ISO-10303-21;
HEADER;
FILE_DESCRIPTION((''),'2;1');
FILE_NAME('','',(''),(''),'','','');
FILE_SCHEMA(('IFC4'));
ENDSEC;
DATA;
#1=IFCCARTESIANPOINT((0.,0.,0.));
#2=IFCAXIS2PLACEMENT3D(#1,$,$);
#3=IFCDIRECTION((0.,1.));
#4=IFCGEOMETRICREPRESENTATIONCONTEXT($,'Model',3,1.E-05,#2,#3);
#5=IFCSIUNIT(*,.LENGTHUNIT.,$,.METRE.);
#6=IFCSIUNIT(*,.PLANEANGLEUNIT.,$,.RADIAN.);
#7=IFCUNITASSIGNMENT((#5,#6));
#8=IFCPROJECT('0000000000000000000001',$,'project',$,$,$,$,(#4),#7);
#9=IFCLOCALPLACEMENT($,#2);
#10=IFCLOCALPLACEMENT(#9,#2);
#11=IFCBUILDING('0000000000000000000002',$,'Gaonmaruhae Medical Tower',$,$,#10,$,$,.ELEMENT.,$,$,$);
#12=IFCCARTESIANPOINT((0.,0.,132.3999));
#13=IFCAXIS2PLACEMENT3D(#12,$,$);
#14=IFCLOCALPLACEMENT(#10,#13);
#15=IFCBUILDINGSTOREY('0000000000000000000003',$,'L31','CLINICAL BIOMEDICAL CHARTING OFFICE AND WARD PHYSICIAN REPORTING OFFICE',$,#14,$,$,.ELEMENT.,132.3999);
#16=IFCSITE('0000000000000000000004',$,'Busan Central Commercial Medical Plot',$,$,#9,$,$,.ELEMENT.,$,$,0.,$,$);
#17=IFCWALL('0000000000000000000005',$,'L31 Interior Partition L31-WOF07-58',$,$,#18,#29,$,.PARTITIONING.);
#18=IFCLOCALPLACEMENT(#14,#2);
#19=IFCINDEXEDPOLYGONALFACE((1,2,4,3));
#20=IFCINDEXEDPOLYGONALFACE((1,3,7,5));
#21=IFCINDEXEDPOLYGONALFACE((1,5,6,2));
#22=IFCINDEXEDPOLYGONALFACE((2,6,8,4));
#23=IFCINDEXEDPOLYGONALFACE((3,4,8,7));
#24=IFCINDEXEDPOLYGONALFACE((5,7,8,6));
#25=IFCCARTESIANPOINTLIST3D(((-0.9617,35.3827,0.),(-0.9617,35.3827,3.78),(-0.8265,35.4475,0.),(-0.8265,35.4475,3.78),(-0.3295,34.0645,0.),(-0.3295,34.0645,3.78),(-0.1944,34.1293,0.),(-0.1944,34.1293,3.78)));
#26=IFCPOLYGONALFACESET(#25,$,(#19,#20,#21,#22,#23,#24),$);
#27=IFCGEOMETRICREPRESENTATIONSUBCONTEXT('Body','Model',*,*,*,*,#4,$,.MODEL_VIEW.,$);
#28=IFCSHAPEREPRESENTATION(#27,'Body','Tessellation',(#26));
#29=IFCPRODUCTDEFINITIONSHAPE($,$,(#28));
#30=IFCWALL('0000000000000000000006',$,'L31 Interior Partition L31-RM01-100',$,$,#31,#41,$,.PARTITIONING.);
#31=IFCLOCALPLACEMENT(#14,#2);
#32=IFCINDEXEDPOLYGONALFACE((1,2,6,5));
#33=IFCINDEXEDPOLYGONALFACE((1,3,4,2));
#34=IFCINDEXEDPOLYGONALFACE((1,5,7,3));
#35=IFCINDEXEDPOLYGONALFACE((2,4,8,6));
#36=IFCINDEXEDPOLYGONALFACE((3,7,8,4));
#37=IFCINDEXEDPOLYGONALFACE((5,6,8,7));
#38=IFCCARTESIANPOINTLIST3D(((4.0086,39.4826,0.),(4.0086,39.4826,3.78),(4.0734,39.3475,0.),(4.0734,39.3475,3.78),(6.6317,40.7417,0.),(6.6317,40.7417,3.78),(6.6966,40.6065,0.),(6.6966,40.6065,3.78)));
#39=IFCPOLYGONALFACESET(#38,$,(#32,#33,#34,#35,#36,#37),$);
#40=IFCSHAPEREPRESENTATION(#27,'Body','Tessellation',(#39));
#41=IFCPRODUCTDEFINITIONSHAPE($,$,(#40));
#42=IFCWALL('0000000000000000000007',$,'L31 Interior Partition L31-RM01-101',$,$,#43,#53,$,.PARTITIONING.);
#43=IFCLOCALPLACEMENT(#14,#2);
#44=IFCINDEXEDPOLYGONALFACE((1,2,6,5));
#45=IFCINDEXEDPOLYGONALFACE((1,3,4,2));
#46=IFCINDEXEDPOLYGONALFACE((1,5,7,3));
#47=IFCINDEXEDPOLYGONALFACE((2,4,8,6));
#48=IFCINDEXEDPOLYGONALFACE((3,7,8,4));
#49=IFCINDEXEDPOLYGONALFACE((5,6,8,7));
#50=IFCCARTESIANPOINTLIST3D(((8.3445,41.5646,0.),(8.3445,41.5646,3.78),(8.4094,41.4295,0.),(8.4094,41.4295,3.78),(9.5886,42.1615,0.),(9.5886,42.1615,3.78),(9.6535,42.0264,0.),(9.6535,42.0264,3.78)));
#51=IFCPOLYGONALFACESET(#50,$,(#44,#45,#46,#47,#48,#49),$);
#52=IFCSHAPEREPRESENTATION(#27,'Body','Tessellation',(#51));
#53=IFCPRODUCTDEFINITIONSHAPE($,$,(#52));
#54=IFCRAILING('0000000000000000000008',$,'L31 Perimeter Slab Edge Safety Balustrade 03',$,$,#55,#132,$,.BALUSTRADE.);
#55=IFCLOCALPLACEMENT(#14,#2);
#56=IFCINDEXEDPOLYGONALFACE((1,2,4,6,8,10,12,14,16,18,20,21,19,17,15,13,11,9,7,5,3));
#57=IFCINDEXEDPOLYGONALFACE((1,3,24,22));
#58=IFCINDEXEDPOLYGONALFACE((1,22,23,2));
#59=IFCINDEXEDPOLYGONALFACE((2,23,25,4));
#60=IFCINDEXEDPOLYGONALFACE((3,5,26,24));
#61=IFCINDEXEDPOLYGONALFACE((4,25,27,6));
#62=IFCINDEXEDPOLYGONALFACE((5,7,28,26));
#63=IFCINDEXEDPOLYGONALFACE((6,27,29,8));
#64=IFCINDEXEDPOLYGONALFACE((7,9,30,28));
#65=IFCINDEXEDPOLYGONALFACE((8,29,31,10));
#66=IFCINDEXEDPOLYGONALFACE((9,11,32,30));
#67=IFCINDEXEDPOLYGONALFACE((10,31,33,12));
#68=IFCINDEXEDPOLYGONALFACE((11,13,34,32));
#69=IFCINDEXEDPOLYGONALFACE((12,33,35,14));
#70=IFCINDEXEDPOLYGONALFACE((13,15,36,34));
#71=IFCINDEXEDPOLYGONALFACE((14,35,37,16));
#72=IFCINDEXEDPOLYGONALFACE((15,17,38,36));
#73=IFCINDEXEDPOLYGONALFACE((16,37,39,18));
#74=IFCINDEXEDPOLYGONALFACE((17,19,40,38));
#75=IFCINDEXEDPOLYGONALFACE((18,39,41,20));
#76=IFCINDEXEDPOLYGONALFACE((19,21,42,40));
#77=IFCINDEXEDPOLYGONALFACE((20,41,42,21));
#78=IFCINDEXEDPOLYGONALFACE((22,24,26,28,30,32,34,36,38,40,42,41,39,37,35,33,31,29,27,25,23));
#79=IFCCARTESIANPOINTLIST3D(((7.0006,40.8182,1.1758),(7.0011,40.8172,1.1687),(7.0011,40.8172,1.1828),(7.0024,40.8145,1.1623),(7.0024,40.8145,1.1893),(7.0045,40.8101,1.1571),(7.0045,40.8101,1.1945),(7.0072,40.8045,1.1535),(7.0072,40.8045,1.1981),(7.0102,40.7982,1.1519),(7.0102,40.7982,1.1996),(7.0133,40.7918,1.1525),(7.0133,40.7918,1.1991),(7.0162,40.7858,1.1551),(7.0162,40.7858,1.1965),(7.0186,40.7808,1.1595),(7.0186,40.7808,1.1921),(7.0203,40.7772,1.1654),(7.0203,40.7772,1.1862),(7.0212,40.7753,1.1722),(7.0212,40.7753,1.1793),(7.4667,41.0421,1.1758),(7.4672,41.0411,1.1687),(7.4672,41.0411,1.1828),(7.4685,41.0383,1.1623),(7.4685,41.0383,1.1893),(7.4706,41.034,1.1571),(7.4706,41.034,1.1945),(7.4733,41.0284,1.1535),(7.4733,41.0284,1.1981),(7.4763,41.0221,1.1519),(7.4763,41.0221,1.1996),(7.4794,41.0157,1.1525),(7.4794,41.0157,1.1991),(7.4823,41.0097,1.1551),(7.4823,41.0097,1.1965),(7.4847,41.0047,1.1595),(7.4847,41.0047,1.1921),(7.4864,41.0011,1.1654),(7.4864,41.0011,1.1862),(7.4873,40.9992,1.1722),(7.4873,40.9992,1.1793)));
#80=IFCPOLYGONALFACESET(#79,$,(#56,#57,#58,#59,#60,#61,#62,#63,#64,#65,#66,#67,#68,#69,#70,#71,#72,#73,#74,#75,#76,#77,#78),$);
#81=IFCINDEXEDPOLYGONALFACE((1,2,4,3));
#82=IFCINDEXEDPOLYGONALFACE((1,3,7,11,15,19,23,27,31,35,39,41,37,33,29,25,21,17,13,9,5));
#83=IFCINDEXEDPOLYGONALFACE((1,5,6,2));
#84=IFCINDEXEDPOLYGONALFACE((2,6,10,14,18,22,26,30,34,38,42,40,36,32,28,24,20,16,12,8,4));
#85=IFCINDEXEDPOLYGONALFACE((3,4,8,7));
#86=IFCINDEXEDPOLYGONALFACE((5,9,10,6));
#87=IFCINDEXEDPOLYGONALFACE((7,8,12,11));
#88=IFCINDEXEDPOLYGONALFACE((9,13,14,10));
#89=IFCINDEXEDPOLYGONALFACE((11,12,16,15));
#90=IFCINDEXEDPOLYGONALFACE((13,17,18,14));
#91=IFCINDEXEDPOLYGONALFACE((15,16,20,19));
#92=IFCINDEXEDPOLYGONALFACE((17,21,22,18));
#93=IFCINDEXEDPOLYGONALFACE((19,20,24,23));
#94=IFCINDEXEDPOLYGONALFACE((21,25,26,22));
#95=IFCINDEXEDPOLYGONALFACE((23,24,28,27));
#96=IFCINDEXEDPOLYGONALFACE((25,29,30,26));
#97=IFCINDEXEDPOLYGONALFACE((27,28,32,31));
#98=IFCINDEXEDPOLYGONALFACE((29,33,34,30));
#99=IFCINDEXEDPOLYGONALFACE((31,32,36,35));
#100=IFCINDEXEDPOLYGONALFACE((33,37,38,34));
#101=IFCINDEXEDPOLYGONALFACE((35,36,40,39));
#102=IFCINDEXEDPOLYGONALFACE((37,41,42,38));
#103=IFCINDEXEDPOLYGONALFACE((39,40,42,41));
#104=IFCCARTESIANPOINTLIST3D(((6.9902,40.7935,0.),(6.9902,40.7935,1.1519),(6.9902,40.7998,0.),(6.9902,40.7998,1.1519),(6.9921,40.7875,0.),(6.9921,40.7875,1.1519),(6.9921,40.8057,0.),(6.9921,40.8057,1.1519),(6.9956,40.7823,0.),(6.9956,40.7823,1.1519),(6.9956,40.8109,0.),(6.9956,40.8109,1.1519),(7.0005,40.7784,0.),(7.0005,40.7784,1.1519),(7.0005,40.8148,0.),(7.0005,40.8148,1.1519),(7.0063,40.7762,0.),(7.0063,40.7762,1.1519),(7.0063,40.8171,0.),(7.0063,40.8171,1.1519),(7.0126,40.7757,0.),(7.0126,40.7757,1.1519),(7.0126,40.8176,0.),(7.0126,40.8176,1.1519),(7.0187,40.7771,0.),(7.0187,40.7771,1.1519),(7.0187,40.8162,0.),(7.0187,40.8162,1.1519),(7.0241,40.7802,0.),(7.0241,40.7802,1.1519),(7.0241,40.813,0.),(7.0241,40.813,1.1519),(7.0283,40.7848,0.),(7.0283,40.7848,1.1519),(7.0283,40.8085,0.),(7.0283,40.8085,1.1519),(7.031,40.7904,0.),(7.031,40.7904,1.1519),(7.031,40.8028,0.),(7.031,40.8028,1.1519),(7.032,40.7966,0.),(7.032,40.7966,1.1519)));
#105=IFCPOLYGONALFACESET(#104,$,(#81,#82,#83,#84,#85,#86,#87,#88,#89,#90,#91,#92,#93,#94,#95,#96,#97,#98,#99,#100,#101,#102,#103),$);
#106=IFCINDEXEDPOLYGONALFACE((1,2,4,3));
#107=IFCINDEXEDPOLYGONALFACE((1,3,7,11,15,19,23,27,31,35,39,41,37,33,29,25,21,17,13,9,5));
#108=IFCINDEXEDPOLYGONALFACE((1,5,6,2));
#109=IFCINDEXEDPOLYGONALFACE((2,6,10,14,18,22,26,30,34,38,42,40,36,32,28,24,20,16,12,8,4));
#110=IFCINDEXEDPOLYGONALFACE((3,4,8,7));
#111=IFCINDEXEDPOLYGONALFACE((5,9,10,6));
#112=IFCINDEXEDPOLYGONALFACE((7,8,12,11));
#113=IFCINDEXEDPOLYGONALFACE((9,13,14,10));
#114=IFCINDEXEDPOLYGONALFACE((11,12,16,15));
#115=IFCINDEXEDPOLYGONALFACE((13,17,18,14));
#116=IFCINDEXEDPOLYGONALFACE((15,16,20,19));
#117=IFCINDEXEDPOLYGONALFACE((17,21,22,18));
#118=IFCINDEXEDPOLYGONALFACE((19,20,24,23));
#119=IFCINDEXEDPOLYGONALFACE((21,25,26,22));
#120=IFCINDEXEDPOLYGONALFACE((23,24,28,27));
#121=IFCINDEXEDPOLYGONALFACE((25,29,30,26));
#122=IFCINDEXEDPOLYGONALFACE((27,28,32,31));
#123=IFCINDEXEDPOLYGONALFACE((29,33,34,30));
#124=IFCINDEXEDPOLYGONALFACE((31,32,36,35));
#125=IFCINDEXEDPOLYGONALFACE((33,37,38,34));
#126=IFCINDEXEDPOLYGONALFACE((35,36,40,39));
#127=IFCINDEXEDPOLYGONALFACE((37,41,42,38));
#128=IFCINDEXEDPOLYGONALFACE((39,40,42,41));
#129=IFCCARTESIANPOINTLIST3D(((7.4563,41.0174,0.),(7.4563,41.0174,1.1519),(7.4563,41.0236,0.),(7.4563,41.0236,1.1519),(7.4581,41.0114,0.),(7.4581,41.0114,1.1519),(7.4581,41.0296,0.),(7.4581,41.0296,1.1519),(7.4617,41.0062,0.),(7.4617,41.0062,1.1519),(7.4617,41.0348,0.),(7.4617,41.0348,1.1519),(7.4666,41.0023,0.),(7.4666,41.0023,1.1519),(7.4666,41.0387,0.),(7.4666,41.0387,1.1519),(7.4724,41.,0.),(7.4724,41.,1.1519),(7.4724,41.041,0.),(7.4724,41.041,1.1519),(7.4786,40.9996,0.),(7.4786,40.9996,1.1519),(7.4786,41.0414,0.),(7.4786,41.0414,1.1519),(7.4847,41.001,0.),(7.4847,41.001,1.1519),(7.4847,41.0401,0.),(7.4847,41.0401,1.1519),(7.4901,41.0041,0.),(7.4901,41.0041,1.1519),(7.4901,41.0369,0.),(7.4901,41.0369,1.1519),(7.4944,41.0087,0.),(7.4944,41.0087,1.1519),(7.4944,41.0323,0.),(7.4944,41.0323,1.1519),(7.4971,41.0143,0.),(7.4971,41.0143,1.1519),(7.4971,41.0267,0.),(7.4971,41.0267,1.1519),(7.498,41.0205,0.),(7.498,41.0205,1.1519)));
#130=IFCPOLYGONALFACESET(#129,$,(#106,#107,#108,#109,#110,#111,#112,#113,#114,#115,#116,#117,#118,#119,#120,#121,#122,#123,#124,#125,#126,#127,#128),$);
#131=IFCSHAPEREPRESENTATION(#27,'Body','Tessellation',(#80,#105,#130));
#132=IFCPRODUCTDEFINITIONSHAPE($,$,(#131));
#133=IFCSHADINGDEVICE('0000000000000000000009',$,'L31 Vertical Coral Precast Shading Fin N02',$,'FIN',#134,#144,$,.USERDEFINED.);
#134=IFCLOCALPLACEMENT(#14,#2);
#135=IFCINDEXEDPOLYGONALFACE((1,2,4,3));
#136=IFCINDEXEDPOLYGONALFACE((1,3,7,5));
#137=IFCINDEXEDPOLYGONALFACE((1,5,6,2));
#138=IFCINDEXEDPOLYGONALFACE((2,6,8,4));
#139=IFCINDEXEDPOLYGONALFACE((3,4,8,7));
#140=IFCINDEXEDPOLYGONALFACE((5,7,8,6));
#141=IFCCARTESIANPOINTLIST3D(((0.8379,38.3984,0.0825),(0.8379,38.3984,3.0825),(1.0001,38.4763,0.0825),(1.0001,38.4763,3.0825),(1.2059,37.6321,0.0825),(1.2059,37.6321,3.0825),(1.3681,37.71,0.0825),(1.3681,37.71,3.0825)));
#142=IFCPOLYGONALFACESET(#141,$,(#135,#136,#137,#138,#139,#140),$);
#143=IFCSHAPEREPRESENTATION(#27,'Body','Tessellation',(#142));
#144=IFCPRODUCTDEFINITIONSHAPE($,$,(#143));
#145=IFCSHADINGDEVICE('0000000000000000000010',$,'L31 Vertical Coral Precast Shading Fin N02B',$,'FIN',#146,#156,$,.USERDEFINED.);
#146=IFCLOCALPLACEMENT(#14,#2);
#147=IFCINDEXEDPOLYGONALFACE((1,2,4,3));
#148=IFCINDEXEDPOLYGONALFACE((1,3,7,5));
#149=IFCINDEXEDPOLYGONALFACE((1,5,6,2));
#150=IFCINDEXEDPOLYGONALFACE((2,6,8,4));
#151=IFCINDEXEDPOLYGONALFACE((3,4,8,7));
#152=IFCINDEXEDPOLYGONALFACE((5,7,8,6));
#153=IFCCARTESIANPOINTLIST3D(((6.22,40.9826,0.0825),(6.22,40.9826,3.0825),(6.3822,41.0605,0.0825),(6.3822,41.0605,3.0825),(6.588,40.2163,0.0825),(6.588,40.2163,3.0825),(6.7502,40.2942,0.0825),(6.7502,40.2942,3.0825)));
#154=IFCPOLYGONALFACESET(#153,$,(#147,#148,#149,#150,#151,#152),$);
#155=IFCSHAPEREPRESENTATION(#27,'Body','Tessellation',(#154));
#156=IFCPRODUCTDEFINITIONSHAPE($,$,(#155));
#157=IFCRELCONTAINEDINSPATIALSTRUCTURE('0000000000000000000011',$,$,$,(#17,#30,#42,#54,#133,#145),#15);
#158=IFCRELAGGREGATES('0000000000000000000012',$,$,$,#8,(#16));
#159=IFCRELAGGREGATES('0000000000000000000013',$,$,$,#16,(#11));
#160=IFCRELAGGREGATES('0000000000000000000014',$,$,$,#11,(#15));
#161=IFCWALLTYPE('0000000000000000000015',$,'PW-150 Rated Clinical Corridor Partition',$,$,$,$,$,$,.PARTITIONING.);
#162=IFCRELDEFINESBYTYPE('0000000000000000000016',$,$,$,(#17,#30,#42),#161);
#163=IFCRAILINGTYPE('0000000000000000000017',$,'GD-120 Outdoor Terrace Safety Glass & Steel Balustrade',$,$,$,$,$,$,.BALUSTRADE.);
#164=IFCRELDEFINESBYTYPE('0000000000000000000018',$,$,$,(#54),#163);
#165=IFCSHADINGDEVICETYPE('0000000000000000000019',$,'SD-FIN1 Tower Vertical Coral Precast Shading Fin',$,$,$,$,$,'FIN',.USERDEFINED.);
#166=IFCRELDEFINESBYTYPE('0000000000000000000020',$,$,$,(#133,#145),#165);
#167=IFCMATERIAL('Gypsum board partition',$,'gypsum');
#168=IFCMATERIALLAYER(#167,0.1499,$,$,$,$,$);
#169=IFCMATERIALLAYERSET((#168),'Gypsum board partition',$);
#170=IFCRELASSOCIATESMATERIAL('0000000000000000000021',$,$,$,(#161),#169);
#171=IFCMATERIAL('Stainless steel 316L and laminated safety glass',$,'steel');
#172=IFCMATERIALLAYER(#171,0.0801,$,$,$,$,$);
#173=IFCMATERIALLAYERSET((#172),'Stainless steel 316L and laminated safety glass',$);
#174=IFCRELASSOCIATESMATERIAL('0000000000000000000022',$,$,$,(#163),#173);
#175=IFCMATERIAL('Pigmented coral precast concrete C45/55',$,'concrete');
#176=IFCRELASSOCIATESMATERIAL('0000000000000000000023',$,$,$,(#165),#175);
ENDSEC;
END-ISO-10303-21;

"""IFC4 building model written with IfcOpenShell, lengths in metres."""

from ifc_helpers import new_model, si_unit, direction, frame, frame_2d, origin, origin_2d, place, context, subcontext, project, spatial, rectangle, circle, extrude, material, layer, layer_set, type_object, element, save


model = new_model("IFC4")

# Units and contexts
model_context = context("Model", 3, precision=1e-05, world=origin(), true_north=direction((0.0, 1.0)))
body_context = subcontext(model_context, "Body", "Model", "MODEL_VIEW")
ifc_project = project(units=[si_unit("LENGTHUNIT", "METRE"), si_unit("PLANEANGLEUNIT", "RADIAN")], contexts=[model_context])

# Site, building, storey
site_placement = place(None, origin())
site = spatial("IfcSite", under=ifc_project, at=site_placement, Name="Busan Central Commercial Medical Plot", CompositionType="ELEMENT", RefElevation=0.0)
building_placement = place(site_placement, origin())
building = spatial("IfcBuilding", under=site, at=building_placement, Name="Gaonmaruhae Medical Tower", CompositionType="ELEMENT")
storey_placement = place(building_placement, frame((0.0, 0.0, 132.3999)))
storey = spatial("IfcBuildingStorey", under=building, at=storey_placement, Name="L31", Description="CLINICAL BIOMEDICAL CHARTING OFFICE AND WARD PHYSICIAN REPORTING OFFICE", CompositionType="ELEMENT", Elevation=132.3999)

# Shared definitions
ifc_material_1 = material(Name="Gypsum board partition", Category="gypsum")
ifc_layer_1 = layer(ifc_material_1, 0.1499)
ifc_layer_set_1 = layer_set([ifc_layer_1], Name="Gypsum board partition")
wall_type_1 = type_object("IfcWallType", Name="PW-150 Rated Clinical Corridor Partition", PredefinedType="PARTITIONING", material=ifc_layer_set_1)

# Walls
wall_1_placement = place(storey_placement, frame((-0.262, 34.0969, 0.0), z_axis=(0.0, 0.0, 1.0), x_axis=(-0.432389, 0.901687, 0.0)))
element("IfcWall", 1, at=wall_1_placement, inside=storey, type_object=wall_type_1, Name="L31 Interior Partition L31-WOF07-58", PredefinedType="PARTITIONING", context=body_context, shape_type="SweptSolid", body=[
    extrude(rectangle(XDim=1.4619, YDim=0.1499, at=frame_2d((0.731, 0.0))), origin(), (0.0, 0.0, 1.0), 3.78),
])
wall_2_placement = place(storey_placement, frame((4.041, 39.415, 0.0), z_axis=(0.0, 0.0, 1.0), x_axis=(0.901527, 0.432723, 0.0)))
element("IfcWall", 2, at=wall_2_placement, inside=storey, type_object=wall_type_1, Name="L31 Interior Partition L31-RM01-100", PredefinedType="PARTITIONING", context=body_context, shape_type="SweptSolid", body=[
    extrude(rectangle(XDim=2.9097, YDim=0.1499, at=frame_2d((1.4548, 0.0))), origin(), (0.0, 0.0, 1.0), 3.78),
])
wall_3_placement = place(storey_placement, frame((8.377, 41.4971, 0.0), z_axis=(0.0, 0.0, 1.0), x_axis=(0.901598, 0.432576, 0.0)))
element("IfcWall", 3, at=wall_3_placement, inside=storey, type_object=wall_type_1, Name="L31 Interior Partition L31-RM01-101", PredefinedType="PARTITIONING", context=body_context, shape_type="SweptSolid", body=[
    extrude(rectangle(XDim=1.3799, YDim=0.1499, at=frame_2d((0.6899, 0.0))), origin(), (0.0, 0.0, 1.0), 3.78),
])

# Railing
ifc_material_2 = material(Name="Stainless steel 316L and laminated safety glass", Category="steel")
ifc_layer_2 = layer(ifc_material_2, 0.0801)
ifc_layer_set_2 = layer_set([ifc_layer_2], Name="Stainless steel 316L and laminated safety glass")
railing_type = type_object("IfcRailingType", Name="GD-120 Outdoor Terrace Safety Glass & Steel Balustrade", PredefinedType="BALUSTRADE", material=ifc_layer_set_2)
railing_placement = place(storey_placement, frame((7.011, 40.7966, 0.0)))
element("IfcRailing", 4, at=railing_placement, inside=storey, type_object=railing_type, Name="L31 Perimeter Slab Edge Safety Balustrade 03", PredefinedType="BALUSTRADE", context=body_context, shape_type="SweptSolid", body=[
    extrude(circle(Radius=0.0239, at=origin_2d()), frame((0.0, 0.0, 1.1758), z_axis=(0.901398, 0.432992, 0.0), x_axis=(-0.432992, 0.901398, 0.0)), (0.0, 0.0, 1.0), 0.5171),
    extrude(circle(Radius=0.021, at=origin_2d()), origin(), (0.0, 0.0, 1.0), 1.1519),
    extrude(circle(Radius=0.021, at=origin_2d()), frame((0.4661, 0.2239, 0.0)), (0.0, 0.0, 1.0), 1.1519),
])

# Shading devices
ifc_material_3 = material(Name="Pigmented coral precast concrete C45/55", Category="concrete")
shading_device_type = type_object("IfcShadingDeviceType", Name="SD-FIN1 Tower Vertical Coral Precast Shading Fin", ElementType="FIN", PredefinedType="USERDEFINED", material=ifc_material_3)
for number, where, z_axis, x_axis, name in (
    (5, (1.103, 38.0542, 0.0825), (0.0, 0.0, 1.0), (0.901455, 0.432873, 0.0), "L31 Vertical Coral Precast Shading Fin N02"),
    (6, (6.4851, 40.6384, 0.0825), (0.0, 0.0, 1.0), (0.901455, 0.432873, 0.0), "L31 Vertical Coral Precast Shading Fin N02B"),
):
    element("IfcShadingDevice", number, at=place(storey_placement, frame(where, z_axis=z_axis, x_axis=x_axis)), inside=storey, type_object=shading_device_type, Name=name, ObjectType="FIN", PredefinedType="USERDEFINED", context=body_context, shape_type="SweptSolid", body=[
        extrude(rectangle(XDim=0.1799, YDim=0.8501, at=origin_2d()), origin(), (0.0, 0.0, 1.0), 3.0),
    ])

save(model, "model.ifc")
